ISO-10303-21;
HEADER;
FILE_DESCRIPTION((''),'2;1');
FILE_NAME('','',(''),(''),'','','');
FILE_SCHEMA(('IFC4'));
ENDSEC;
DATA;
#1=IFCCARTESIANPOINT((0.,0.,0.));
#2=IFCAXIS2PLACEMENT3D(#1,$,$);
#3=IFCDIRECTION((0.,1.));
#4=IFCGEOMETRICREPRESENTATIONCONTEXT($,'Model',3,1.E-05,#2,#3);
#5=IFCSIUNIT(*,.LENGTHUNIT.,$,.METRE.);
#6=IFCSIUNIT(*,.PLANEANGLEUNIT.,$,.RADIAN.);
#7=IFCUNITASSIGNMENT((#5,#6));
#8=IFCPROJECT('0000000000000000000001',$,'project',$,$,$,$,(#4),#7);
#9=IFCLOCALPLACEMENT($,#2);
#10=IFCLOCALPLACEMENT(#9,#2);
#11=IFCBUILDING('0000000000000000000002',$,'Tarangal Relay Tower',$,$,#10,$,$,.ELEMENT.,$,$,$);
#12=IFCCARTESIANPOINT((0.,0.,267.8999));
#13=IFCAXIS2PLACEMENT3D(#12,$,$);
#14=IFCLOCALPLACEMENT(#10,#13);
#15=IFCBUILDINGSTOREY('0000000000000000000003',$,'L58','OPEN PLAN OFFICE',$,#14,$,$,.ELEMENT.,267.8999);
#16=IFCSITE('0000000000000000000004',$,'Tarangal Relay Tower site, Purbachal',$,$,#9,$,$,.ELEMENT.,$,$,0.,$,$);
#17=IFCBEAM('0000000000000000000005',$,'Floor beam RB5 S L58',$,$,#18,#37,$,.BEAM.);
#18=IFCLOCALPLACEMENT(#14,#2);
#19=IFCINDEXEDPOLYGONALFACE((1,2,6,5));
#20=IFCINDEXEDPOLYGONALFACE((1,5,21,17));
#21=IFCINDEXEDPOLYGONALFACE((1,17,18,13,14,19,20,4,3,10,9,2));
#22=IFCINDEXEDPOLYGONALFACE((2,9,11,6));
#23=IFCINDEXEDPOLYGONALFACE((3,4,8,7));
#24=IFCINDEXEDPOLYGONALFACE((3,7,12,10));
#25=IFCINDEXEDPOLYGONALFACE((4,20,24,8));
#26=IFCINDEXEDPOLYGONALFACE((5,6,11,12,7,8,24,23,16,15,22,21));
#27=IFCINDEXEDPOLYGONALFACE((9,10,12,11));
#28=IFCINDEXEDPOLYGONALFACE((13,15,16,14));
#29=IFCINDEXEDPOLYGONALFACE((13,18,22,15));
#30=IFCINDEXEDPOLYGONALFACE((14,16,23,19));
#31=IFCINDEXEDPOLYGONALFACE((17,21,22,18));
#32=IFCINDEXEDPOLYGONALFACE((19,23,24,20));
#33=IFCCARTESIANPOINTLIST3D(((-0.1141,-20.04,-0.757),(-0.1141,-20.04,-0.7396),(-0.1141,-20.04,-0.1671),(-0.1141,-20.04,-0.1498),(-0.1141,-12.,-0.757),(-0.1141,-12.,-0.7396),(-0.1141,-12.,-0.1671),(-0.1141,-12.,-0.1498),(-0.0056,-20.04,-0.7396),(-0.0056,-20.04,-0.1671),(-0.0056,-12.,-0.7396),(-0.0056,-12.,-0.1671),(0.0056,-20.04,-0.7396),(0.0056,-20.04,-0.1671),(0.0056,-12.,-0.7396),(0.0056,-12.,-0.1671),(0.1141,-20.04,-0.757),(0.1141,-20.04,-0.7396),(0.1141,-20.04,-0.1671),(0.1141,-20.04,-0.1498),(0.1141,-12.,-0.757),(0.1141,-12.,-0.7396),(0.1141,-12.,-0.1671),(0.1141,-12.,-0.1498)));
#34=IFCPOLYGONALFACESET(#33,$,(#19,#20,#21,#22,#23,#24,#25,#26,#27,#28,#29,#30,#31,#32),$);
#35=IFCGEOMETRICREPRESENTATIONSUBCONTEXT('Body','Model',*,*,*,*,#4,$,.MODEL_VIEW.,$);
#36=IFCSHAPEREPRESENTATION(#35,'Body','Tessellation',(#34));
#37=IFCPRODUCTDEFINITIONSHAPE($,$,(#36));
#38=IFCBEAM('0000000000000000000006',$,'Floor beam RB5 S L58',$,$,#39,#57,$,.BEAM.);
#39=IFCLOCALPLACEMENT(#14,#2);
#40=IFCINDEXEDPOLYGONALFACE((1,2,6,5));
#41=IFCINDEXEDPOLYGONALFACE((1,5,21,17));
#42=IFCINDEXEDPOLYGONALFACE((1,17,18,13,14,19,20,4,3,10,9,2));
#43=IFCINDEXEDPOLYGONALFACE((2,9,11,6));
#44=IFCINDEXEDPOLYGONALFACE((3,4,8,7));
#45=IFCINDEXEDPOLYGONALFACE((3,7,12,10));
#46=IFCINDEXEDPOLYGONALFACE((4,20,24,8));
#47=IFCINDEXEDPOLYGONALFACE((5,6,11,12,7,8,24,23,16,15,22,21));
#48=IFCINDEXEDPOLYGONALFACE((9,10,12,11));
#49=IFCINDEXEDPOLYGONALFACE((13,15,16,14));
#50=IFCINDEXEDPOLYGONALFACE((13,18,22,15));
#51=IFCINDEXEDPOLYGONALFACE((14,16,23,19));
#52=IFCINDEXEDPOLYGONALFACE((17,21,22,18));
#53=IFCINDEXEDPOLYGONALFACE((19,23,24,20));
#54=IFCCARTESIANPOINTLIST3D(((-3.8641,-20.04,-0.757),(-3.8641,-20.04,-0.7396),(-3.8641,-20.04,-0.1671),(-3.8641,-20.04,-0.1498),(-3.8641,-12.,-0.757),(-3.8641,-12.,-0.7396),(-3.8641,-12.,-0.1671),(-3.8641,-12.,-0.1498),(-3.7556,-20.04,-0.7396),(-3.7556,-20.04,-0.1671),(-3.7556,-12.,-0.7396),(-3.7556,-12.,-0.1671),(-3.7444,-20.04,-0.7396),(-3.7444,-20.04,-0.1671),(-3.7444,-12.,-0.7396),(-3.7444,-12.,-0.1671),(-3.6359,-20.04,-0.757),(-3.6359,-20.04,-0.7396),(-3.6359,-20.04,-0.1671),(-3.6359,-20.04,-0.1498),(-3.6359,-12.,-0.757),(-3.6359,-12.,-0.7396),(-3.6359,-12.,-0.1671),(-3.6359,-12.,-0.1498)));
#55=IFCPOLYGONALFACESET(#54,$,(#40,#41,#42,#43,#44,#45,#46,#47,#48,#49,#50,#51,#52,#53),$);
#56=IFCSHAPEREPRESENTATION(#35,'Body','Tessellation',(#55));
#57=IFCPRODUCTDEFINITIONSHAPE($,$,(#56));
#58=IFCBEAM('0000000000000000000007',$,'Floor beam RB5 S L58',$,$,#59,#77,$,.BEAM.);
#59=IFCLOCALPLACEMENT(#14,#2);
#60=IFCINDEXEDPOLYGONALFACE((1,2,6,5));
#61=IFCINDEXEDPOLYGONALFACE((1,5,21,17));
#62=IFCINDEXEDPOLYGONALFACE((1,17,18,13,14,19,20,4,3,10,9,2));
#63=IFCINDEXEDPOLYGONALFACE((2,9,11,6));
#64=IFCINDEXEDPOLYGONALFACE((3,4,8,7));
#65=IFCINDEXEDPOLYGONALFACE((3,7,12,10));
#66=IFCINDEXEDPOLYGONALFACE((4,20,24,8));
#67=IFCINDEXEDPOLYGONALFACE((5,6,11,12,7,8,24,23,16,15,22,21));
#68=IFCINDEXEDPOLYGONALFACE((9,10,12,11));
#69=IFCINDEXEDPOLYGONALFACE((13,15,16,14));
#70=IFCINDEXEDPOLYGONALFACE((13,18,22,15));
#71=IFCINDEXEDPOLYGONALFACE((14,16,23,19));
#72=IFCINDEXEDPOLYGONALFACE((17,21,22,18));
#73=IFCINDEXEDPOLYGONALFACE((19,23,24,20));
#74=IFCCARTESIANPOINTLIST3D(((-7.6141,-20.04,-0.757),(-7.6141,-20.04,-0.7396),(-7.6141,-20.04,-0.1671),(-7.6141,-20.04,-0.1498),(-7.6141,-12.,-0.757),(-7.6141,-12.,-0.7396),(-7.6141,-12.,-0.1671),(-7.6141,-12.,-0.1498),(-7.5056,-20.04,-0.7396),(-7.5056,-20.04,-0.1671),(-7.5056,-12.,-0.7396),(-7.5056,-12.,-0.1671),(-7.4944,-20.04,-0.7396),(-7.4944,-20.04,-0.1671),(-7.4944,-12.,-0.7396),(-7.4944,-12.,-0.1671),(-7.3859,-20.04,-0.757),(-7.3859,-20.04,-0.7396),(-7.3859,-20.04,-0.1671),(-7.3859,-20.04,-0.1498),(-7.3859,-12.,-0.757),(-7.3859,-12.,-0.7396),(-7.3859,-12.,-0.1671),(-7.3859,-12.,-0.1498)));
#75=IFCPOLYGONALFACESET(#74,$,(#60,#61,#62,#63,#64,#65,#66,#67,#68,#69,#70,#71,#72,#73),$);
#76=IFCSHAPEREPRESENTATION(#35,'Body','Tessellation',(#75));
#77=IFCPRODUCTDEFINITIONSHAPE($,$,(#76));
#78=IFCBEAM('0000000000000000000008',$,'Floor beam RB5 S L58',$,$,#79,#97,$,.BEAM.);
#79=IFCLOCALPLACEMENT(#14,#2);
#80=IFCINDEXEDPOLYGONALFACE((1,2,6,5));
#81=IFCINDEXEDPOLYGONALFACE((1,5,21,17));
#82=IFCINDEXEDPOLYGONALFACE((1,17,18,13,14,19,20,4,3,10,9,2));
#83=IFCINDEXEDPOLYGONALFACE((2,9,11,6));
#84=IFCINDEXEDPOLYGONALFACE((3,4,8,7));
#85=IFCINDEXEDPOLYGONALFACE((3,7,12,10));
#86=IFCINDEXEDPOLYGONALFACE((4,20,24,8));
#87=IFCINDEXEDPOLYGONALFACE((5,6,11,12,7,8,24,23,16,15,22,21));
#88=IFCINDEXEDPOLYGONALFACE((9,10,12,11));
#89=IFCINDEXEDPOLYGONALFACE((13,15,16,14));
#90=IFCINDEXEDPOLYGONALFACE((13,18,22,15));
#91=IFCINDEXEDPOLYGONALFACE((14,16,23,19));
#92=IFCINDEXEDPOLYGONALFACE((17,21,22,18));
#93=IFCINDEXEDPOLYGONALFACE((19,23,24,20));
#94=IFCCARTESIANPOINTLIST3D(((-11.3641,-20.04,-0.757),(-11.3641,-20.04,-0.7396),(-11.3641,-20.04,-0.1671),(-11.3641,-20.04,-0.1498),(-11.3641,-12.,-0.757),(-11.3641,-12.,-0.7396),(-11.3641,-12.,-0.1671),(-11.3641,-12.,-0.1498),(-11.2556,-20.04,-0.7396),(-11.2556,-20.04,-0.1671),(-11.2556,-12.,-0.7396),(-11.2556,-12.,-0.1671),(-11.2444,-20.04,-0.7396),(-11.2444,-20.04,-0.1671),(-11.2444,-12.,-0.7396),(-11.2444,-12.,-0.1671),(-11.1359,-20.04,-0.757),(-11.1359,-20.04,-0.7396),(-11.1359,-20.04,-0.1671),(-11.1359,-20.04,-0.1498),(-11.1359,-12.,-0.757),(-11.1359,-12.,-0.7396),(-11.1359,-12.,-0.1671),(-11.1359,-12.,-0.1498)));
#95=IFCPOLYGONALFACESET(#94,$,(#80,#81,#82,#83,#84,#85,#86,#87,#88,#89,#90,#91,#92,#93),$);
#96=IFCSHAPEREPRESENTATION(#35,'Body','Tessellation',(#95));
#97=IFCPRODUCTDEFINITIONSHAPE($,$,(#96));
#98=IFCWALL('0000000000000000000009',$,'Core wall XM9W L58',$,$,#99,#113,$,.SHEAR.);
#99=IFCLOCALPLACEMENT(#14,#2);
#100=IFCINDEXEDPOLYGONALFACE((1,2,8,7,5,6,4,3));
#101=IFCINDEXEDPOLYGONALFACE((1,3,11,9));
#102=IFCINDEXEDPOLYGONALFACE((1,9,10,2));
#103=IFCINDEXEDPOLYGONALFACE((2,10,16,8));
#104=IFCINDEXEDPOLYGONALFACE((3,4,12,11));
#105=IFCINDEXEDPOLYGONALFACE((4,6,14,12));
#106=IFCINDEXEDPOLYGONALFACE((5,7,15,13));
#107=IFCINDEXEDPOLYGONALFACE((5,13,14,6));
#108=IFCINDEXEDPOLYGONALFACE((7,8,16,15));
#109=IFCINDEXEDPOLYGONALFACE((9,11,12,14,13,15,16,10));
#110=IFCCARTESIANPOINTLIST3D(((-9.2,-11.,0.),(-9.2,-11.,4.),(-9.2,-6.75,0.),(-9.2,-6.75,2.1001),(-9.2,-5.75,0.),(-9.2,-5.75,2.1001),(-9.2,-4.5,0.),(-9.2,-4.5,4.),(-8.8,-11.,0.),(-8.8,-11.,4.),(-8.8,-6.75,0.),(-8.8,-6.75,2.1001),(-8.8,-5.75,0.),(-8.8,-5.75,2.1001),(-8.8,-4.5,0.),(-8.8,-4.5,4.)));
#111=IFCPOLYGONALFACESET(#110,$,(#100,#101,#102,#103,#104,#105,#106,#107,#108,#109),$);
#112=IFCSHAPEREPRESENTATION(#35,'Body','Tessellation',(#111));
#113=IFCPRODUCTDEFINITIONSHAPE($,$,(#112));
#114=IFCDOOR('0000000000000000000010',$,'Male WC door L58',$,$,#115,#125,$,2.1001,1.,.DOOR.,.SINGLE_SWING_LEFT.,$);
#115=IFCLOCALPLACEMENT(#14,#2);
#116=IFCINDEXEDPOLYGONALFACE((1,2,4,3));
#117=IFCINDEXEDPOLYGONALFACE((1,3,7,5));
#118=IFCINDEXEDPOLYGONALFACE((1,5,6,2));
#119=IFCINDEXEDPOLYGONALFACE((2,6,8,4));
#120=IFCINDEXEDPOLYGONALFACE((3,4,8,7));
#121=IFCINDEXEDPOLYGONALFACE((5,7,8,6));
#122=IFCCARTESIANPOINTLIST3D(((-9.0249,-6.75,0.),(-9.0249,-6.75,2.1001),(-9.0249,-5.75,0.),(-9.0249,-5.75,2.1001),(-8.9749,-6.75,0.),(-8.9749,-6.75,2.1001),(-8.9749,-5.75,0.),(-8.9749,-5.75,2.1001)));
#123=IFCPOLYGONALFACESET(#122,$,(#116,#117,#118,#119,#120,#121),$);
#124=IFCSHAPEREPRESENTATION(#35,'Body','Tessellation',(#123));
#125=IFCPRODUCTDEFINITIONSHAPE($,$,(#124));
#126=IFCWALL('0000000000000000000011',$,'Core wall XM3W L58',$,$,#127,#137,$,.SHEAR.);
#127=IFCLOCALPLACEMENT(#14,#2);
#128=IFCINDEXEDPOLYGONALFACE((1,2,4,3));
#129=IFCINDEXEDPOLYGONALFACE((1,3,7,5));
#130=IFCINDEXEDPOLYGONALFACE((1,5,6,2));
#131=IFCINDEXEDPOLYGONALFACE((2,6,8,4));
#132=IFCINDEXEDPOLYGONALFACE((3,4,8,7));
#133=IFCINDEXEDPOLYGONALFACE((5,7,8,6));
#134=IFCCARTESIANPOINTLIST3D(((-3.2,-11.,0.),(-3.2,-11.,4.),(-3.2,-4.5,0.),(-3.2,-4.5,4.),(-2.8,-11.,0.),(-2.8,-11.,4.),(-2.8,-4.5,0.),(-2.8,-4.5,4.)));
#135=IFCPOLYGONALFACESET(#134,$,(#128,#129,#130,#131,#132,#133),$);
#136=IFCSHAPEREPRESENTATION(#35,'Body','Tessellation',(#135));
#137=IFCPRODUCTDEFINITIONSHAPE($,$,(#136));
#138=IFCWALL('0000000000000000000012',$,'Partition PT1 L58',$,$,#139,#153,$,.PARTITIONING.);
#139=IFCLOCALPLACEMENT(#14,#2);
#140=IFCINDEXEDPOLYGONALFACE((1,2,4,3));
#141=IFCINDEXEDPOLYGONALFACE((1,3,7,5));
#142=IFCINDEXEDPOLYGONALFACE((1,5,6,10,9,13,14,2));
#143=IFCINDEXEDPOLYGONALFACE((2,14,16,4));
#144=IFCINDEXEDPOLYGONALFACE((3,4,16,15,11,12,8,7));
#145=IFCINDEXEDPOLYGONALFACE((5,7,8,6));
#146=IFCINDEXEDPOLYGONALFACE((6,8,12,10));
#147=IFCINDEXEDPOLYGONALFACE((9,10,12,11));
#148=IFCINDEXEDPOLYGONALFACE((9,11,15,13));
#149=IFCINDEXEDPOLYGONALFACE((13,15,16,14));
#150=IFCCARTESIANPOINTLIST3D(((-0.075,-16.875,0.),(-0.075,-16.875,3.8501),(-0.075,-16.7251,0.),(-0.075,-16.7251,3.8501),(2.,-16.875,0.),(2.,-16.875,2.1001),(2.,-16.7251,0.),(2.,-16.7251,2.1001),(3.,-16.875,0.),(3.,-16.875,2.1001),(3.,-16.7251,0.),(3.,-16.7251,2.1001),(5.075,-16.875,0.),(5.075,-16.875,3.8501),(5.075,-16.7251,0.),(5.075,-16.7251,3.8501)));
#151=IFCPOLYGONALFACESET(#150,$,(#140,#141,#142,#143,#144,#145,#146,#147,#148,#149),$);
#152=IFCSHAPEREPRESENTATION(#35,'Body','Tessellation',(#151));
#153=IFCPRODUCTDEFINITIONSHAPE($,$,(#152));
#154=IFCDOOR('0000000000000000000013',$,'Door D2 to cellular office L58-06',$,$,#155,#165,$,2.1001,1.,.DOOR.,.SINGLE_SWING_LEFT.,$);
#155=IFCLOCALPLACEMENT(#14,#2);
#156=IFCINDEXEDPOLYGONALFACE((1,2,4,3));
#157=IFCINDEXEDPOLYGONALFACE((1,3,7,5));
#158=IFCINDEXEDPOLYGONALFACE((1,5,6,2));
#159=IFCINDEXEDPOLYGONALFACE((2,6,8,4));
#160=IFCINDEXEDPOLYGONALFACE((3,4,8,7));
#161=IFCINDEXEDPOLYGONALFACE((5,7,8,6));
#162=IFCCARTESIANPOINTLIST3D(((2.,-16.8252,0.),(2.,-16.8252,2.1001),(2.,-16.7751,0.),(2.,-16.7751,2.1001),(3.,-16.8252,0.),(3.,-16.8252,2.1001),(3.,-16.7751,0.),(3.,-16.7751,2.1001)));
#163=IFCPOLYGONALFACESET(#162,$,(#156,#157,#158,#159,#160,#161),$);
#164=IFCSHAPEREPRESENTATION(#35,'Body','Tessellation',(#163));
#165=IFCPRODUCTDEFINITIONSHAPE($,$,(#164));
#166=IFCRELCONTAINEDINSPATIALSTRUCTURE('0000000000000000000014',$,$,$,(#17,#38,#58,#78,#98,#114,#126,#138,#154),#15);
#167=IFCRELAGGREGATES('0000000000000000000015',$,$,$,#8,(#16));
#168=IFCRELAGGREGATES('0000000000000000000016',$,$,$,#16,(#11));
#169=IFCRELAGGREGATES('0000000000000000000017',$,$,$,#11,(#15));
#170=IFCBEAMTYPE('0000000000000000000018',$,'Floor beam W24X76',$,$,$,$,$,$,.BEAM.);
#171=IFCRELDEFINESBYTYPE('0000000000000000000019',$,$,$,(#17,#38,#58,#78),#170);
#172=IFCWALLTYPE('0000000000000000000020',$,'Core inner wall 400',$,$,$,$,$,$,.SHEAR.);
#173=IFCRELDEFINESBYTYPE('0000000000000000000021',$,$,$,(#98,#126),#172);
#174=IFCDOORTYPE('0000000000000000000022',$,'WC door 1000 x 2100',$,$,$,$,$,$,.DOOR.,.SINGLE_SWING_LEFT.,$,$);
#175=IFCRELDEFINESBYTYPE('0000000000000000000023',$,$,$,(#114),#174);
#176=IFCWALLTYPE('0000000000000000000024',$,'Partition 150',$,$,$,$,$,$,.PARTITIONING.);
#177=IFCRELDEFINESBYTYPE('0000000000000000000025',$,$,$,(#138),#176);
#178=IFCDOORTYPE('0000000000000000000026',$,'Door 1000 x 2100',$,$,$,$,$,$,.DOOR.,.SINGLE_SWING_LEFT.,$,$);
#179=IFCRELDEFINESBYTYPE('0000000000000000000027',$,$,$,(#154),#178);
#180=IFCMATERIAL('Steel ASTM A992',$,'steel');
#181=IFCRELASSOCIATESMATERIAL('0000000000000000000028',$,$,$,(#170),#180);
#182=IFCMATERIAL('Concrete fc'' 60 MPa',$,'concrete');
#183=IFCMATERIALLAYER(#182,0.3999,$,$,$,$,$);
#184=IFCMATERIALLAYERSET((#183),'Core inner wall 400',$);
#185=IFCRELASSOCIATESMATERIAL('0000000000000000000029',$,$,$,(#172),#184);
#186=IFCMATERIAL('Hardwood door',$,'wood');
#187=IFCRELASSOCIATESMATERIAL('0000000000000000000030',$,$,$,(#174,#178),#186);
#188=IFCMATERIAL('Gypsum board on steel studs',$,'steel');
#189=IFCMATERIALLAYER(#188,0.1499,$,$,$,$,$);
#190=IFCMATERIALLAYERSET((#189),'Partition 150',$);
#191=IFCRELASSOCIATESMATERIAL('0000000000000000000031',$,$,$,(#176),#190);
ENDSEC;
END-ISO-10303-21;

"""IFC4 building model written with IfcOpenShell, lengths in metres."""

from ifc_helpers import new_model, si_unit, direction, frame, frame_2d, origin, origin_2d, place, context, subcontext, project, spatial, rectangle, i_section, extrude, material, layer, layer_set, material_profile, profile_set, type_object, element, fill, save


model = new_model("IFC4")

# Units and contexts
model_context = context("Model", 3, precision=1e-05, world=origin(), true_north=direction((0.0, 1.0)))
body_context = subcontext(model_context, "Body", "Model", "MODEL_VIEW")
ifc_project = project(units=[si_unit("LENGTHUNIT", "METRE"), si_unit("PLANEANGLEUNIT", "RADIAN")], contexts=[model_context])

# Site, building, storey
site_placement = place(None, origin())
site = spatial("IfcSite", under=ifc_project, at=site_placement, Name="Tarangal Relay Tower site, Purbachal", CompositionType="ELEMENT", RefElevation=0.0)
building_placement = place(site_placement, origin())
building = spatial("IfcBuilding", under=site, at=building_placement, Name="Tarangal Relay Tower", CompositionType="ELEMENT")
storey_placement = place(building_placement, frame((0.0, 0.0, 267.8999)))
storey = spatial("IfcBuildingStorey", under=building, at=storey_placement, Name="L58", Description="OPEN PLAN OFFICE", CompositionType="ELEMENT", Elevation=267.8999)

# Beams
ifc_material_1 = material(Name="Steel ASTM A992", Category="steel")
ifc_material_profile = material_profile(ifc_material_1, i_section(OverallWidth=0.2283, OverallDepth=0.6072, WebThickness=0.0112, FlangeThickness=0.0173, at=origin_2d()), Name="W24X76")
ifc_profile_set = profile_set([ifc_material_profile], Name="Steel ASTM A992")
beam_type = type_object("IfcBeamType", Name="Floor beam W24X76", PredefinedType="BEAM", material=ifc_profile_set)
for number, where, z_axis, x_axis, name in (
    (1, (0.0, -12.0, -0.4534), (0.0, -1.0, 0.0), (1.0, 0.0, 0.0), "Floor beam RB5 S L58"),
    (2, (-3.75, -12.0, -0.4534), (0.0, -1.0, 0.0), (1.0, 0.0, 0.0), "Floor beam RB5 S L58"),
    (3, (-7.5, -12.0, -0.4534), (0.0, -1.0, 0.0), (1.0, 0.0, 0.0), "Floor beam RB5 S L58"),
    (4, (-11.25, -12.0, -0.4534), (0.0, -1.0, 0.0), (1.0, 0.0, 0.0), "Floor beam RB5 S L58"),
):
    element("IfcBeam", number, at=place(storey_placement, frame(where, z_axis=z_axis, x_axis=x_axis)), inside=storey, type_object=beam_type, Name=name, PredefinedType="BEAM", context=body_context, shape_type="SweptSolid", body=[
        extrude(i_section(OverallWidth=0.2283, OverallDepth=0.6072, WebThickness=0.0112, FlangeThickness=0.0173, at=origin_2d()), origin(), (0.0, 0.0, 1.0), 8.04),
    ])

# Wall, opening, door
ifc_material_2 = material(Name="Concrete fc' 60 MPa", Category="concrete")
ifc_layer_1 = layer(ifc_material_2, 0.3999)
ifc_layer_set_1 = layer_set([ifc_layer_1], Name="Core inner wall 400")
wall_type_1 = type_object("IfcWallType", Name="Core inner wall 400", PredefinedType="SHEAR", material=ifc_layer_set_1)
wall_1_placement = place(storey_placement, frame((-9.0, -11.0, 0.0), z_axis=(0.0, 0.0, 1.0), x_axis=(0.0, 1.0, 0.0)))
wall_1 = element("IfcWall", 5, at=wall_1_placement, inside=storey, type_object=wall_type_1, Name="Core wall XM9W L58", PredefinedType="SHEAR", context=body_context, shape_type="SweptSolid", body=[
    extrude(rectangle(XDim=6.5, YDim=0.3999, at=frame_2d((3.25, 0.0))), origin(), (0.0, 0.0, 1.0), 4.0),
])
opening_1_placement = place(wall_1_placement, frame((4.25, 0.0, 0.0)))
opening_1 = element("IfcOpeningElement", 6, at=opening_1_placement, cuts=wall_1, PredefinedType="OPENING", context=body_context, shape_type="SweptSolid", body=[
    extrude(rectangle(XDim=1.0, YDim=2.1001, at=frame_2d((0.5, 1.05))), frame((0.0, 0.21, 0.0), z_axis=(0.0, -1.0, 0.0), x_axis=(1.0, 0.0, 0.0)), (0.0, 0.0, 1.0), 0.4199),
])
ifc_material_3 = material(Name="Hardwood door", Category="wood")
door_type_1 = type_object("IfcDoorType", Name="WC door 1000 x 2100", OperationType="SINGLE_SWING_LEFT", PredefinedType="DOOR", material=ifc_material_3)
door_1_placement = place(opening_1_placement, origin())
door_1 = element("IfcDoor", 7, at=door_1_placement, inside=storey, type_object=door_type_1, Name="Male WC door L58", OperationType="SINGLE_SWING_LEFT", OverallHeight=2.1001, OverallWidth=1.0, PredefinedType="DOOR", context=body_context, shape_type="SweptSolid", body=[
    extrude(rectangle(XDim=1.0, YDim=2.1001, at=frame_2d((0.5, 1.05))), frame((0.0, 0.0249, 0.0), z_axis=(0.0, -1.0, 0.0), x_axis=(1.0, 0.0, 0.0)), (0.0, 0.0, 1.0), 0.05),
])
fill(opening_1, door_1)

# Wall
wall_2_placement = place(storey_placement, frame((-3.0, -11.0, 0.0), z_axis=(0.0, 0.0, 1.0), x_axis=(0.0, 1.0, 0.0)))
element("IfcWall", 8, at=wall_2_placement, inside=storey, type_object=wall_type_1, Name="Core wall XM3W L58", PredefinedType="SHEAR", context=body_context, shape_type="SweptSolid", body=[
    extrude(rectangle(XDim=6.5, YDim=0.3999, at=frame_2d((3.25, 0.0))), origin(), (0.0, 0.0, 1.0), 4.0),
])

# Wall, opening, door
ifc_material_4 = material(Name="Gypsum board on steel studs", Category="steel")
ifc_layer_2 = layer(ifc_material_4, 0.1499)
ifc_layer_set_2 = layer_set([ifc_layer_2], Name="Partition 150")
wall_type_2 = type_object("IfcWallType", Name="Partition 150", PredefinedType="PARTITIONING", material=ifc_layer_set_2)
wall_3_placement = place(storey_placement, frame((-0.075, -16.8, 0.0), z_axis=(0.0, 0.0, 1.0), x_axis=(1.0, 0.0, 0.0)))
wall_3 = element("IfcWall", 9, at=wall_3_placement, inside=storey, type_object=wall_type_2, Name="Partition PT1 L58", PredefinedType="PARTITIONING", context=body_context, shape_type="SweptSolid", body=[
    extrude(rectangle(XDim=5.1499, YDim=0.1499, at=frame_2d((2.575, 0.0))), origin(), (0.0, 0.0, 1.0), 3.8501),
])
opening_2_placement = place(wall_3_placement, frame((2.075, 0.0, 0.0)))
opening_2 = element("IfcOpeningElement", 10, at=opening_2_placement, cuts=wall_3, PredefinedType="OPENING", context=body_context, shape_type="SweptSolid", body=[
    extrude(rectangle(XDim=1.0, YDim=2.1001, at=frame_2d((0.5, 1.05))), frame((0.0, 0.085, 0.0), z_axis=(0.0, -1.0, 0.0), x_axis=(1.0, 0.0, 0.0)), (0.0, 0.0, 1.0), 0.1699),
])
door_type_2 = type_object("IfcDoorType", Name="Door 1000 x 2100", OperationType="SINGLE_SWING_LEFT", PredefinedType="DOOR", material=ifc_material_3)
door_2_placement = place(opening_2_placement, origin())
door_2 = element("IfcDoor", 11, at=door_2_placement, inside=storey, type_object=door_type_2, Name="Door D2 to cellular office L58-06", OperationType="SINGLE_SWING_LEFT", OverallHeight=2.1001, OverallWidth=1.0, PredefinedType="DOOR", context=body_context, shape_type="SweptSolid", body=[
    extrude(rectangle(XDim=1.0, YDim=2.1001, at=frame_2d((0.5, 1.05))), frame((0.0, 0.0249, 0.0), z_axis=(0.0, -1.0, 0.0), x_axis=(1.0, 0.0, 0.0)), (0.0, 0.0, 1.0), 0.05),
])
fill(opening_2, door_2)

save(model, "model.ifc")
